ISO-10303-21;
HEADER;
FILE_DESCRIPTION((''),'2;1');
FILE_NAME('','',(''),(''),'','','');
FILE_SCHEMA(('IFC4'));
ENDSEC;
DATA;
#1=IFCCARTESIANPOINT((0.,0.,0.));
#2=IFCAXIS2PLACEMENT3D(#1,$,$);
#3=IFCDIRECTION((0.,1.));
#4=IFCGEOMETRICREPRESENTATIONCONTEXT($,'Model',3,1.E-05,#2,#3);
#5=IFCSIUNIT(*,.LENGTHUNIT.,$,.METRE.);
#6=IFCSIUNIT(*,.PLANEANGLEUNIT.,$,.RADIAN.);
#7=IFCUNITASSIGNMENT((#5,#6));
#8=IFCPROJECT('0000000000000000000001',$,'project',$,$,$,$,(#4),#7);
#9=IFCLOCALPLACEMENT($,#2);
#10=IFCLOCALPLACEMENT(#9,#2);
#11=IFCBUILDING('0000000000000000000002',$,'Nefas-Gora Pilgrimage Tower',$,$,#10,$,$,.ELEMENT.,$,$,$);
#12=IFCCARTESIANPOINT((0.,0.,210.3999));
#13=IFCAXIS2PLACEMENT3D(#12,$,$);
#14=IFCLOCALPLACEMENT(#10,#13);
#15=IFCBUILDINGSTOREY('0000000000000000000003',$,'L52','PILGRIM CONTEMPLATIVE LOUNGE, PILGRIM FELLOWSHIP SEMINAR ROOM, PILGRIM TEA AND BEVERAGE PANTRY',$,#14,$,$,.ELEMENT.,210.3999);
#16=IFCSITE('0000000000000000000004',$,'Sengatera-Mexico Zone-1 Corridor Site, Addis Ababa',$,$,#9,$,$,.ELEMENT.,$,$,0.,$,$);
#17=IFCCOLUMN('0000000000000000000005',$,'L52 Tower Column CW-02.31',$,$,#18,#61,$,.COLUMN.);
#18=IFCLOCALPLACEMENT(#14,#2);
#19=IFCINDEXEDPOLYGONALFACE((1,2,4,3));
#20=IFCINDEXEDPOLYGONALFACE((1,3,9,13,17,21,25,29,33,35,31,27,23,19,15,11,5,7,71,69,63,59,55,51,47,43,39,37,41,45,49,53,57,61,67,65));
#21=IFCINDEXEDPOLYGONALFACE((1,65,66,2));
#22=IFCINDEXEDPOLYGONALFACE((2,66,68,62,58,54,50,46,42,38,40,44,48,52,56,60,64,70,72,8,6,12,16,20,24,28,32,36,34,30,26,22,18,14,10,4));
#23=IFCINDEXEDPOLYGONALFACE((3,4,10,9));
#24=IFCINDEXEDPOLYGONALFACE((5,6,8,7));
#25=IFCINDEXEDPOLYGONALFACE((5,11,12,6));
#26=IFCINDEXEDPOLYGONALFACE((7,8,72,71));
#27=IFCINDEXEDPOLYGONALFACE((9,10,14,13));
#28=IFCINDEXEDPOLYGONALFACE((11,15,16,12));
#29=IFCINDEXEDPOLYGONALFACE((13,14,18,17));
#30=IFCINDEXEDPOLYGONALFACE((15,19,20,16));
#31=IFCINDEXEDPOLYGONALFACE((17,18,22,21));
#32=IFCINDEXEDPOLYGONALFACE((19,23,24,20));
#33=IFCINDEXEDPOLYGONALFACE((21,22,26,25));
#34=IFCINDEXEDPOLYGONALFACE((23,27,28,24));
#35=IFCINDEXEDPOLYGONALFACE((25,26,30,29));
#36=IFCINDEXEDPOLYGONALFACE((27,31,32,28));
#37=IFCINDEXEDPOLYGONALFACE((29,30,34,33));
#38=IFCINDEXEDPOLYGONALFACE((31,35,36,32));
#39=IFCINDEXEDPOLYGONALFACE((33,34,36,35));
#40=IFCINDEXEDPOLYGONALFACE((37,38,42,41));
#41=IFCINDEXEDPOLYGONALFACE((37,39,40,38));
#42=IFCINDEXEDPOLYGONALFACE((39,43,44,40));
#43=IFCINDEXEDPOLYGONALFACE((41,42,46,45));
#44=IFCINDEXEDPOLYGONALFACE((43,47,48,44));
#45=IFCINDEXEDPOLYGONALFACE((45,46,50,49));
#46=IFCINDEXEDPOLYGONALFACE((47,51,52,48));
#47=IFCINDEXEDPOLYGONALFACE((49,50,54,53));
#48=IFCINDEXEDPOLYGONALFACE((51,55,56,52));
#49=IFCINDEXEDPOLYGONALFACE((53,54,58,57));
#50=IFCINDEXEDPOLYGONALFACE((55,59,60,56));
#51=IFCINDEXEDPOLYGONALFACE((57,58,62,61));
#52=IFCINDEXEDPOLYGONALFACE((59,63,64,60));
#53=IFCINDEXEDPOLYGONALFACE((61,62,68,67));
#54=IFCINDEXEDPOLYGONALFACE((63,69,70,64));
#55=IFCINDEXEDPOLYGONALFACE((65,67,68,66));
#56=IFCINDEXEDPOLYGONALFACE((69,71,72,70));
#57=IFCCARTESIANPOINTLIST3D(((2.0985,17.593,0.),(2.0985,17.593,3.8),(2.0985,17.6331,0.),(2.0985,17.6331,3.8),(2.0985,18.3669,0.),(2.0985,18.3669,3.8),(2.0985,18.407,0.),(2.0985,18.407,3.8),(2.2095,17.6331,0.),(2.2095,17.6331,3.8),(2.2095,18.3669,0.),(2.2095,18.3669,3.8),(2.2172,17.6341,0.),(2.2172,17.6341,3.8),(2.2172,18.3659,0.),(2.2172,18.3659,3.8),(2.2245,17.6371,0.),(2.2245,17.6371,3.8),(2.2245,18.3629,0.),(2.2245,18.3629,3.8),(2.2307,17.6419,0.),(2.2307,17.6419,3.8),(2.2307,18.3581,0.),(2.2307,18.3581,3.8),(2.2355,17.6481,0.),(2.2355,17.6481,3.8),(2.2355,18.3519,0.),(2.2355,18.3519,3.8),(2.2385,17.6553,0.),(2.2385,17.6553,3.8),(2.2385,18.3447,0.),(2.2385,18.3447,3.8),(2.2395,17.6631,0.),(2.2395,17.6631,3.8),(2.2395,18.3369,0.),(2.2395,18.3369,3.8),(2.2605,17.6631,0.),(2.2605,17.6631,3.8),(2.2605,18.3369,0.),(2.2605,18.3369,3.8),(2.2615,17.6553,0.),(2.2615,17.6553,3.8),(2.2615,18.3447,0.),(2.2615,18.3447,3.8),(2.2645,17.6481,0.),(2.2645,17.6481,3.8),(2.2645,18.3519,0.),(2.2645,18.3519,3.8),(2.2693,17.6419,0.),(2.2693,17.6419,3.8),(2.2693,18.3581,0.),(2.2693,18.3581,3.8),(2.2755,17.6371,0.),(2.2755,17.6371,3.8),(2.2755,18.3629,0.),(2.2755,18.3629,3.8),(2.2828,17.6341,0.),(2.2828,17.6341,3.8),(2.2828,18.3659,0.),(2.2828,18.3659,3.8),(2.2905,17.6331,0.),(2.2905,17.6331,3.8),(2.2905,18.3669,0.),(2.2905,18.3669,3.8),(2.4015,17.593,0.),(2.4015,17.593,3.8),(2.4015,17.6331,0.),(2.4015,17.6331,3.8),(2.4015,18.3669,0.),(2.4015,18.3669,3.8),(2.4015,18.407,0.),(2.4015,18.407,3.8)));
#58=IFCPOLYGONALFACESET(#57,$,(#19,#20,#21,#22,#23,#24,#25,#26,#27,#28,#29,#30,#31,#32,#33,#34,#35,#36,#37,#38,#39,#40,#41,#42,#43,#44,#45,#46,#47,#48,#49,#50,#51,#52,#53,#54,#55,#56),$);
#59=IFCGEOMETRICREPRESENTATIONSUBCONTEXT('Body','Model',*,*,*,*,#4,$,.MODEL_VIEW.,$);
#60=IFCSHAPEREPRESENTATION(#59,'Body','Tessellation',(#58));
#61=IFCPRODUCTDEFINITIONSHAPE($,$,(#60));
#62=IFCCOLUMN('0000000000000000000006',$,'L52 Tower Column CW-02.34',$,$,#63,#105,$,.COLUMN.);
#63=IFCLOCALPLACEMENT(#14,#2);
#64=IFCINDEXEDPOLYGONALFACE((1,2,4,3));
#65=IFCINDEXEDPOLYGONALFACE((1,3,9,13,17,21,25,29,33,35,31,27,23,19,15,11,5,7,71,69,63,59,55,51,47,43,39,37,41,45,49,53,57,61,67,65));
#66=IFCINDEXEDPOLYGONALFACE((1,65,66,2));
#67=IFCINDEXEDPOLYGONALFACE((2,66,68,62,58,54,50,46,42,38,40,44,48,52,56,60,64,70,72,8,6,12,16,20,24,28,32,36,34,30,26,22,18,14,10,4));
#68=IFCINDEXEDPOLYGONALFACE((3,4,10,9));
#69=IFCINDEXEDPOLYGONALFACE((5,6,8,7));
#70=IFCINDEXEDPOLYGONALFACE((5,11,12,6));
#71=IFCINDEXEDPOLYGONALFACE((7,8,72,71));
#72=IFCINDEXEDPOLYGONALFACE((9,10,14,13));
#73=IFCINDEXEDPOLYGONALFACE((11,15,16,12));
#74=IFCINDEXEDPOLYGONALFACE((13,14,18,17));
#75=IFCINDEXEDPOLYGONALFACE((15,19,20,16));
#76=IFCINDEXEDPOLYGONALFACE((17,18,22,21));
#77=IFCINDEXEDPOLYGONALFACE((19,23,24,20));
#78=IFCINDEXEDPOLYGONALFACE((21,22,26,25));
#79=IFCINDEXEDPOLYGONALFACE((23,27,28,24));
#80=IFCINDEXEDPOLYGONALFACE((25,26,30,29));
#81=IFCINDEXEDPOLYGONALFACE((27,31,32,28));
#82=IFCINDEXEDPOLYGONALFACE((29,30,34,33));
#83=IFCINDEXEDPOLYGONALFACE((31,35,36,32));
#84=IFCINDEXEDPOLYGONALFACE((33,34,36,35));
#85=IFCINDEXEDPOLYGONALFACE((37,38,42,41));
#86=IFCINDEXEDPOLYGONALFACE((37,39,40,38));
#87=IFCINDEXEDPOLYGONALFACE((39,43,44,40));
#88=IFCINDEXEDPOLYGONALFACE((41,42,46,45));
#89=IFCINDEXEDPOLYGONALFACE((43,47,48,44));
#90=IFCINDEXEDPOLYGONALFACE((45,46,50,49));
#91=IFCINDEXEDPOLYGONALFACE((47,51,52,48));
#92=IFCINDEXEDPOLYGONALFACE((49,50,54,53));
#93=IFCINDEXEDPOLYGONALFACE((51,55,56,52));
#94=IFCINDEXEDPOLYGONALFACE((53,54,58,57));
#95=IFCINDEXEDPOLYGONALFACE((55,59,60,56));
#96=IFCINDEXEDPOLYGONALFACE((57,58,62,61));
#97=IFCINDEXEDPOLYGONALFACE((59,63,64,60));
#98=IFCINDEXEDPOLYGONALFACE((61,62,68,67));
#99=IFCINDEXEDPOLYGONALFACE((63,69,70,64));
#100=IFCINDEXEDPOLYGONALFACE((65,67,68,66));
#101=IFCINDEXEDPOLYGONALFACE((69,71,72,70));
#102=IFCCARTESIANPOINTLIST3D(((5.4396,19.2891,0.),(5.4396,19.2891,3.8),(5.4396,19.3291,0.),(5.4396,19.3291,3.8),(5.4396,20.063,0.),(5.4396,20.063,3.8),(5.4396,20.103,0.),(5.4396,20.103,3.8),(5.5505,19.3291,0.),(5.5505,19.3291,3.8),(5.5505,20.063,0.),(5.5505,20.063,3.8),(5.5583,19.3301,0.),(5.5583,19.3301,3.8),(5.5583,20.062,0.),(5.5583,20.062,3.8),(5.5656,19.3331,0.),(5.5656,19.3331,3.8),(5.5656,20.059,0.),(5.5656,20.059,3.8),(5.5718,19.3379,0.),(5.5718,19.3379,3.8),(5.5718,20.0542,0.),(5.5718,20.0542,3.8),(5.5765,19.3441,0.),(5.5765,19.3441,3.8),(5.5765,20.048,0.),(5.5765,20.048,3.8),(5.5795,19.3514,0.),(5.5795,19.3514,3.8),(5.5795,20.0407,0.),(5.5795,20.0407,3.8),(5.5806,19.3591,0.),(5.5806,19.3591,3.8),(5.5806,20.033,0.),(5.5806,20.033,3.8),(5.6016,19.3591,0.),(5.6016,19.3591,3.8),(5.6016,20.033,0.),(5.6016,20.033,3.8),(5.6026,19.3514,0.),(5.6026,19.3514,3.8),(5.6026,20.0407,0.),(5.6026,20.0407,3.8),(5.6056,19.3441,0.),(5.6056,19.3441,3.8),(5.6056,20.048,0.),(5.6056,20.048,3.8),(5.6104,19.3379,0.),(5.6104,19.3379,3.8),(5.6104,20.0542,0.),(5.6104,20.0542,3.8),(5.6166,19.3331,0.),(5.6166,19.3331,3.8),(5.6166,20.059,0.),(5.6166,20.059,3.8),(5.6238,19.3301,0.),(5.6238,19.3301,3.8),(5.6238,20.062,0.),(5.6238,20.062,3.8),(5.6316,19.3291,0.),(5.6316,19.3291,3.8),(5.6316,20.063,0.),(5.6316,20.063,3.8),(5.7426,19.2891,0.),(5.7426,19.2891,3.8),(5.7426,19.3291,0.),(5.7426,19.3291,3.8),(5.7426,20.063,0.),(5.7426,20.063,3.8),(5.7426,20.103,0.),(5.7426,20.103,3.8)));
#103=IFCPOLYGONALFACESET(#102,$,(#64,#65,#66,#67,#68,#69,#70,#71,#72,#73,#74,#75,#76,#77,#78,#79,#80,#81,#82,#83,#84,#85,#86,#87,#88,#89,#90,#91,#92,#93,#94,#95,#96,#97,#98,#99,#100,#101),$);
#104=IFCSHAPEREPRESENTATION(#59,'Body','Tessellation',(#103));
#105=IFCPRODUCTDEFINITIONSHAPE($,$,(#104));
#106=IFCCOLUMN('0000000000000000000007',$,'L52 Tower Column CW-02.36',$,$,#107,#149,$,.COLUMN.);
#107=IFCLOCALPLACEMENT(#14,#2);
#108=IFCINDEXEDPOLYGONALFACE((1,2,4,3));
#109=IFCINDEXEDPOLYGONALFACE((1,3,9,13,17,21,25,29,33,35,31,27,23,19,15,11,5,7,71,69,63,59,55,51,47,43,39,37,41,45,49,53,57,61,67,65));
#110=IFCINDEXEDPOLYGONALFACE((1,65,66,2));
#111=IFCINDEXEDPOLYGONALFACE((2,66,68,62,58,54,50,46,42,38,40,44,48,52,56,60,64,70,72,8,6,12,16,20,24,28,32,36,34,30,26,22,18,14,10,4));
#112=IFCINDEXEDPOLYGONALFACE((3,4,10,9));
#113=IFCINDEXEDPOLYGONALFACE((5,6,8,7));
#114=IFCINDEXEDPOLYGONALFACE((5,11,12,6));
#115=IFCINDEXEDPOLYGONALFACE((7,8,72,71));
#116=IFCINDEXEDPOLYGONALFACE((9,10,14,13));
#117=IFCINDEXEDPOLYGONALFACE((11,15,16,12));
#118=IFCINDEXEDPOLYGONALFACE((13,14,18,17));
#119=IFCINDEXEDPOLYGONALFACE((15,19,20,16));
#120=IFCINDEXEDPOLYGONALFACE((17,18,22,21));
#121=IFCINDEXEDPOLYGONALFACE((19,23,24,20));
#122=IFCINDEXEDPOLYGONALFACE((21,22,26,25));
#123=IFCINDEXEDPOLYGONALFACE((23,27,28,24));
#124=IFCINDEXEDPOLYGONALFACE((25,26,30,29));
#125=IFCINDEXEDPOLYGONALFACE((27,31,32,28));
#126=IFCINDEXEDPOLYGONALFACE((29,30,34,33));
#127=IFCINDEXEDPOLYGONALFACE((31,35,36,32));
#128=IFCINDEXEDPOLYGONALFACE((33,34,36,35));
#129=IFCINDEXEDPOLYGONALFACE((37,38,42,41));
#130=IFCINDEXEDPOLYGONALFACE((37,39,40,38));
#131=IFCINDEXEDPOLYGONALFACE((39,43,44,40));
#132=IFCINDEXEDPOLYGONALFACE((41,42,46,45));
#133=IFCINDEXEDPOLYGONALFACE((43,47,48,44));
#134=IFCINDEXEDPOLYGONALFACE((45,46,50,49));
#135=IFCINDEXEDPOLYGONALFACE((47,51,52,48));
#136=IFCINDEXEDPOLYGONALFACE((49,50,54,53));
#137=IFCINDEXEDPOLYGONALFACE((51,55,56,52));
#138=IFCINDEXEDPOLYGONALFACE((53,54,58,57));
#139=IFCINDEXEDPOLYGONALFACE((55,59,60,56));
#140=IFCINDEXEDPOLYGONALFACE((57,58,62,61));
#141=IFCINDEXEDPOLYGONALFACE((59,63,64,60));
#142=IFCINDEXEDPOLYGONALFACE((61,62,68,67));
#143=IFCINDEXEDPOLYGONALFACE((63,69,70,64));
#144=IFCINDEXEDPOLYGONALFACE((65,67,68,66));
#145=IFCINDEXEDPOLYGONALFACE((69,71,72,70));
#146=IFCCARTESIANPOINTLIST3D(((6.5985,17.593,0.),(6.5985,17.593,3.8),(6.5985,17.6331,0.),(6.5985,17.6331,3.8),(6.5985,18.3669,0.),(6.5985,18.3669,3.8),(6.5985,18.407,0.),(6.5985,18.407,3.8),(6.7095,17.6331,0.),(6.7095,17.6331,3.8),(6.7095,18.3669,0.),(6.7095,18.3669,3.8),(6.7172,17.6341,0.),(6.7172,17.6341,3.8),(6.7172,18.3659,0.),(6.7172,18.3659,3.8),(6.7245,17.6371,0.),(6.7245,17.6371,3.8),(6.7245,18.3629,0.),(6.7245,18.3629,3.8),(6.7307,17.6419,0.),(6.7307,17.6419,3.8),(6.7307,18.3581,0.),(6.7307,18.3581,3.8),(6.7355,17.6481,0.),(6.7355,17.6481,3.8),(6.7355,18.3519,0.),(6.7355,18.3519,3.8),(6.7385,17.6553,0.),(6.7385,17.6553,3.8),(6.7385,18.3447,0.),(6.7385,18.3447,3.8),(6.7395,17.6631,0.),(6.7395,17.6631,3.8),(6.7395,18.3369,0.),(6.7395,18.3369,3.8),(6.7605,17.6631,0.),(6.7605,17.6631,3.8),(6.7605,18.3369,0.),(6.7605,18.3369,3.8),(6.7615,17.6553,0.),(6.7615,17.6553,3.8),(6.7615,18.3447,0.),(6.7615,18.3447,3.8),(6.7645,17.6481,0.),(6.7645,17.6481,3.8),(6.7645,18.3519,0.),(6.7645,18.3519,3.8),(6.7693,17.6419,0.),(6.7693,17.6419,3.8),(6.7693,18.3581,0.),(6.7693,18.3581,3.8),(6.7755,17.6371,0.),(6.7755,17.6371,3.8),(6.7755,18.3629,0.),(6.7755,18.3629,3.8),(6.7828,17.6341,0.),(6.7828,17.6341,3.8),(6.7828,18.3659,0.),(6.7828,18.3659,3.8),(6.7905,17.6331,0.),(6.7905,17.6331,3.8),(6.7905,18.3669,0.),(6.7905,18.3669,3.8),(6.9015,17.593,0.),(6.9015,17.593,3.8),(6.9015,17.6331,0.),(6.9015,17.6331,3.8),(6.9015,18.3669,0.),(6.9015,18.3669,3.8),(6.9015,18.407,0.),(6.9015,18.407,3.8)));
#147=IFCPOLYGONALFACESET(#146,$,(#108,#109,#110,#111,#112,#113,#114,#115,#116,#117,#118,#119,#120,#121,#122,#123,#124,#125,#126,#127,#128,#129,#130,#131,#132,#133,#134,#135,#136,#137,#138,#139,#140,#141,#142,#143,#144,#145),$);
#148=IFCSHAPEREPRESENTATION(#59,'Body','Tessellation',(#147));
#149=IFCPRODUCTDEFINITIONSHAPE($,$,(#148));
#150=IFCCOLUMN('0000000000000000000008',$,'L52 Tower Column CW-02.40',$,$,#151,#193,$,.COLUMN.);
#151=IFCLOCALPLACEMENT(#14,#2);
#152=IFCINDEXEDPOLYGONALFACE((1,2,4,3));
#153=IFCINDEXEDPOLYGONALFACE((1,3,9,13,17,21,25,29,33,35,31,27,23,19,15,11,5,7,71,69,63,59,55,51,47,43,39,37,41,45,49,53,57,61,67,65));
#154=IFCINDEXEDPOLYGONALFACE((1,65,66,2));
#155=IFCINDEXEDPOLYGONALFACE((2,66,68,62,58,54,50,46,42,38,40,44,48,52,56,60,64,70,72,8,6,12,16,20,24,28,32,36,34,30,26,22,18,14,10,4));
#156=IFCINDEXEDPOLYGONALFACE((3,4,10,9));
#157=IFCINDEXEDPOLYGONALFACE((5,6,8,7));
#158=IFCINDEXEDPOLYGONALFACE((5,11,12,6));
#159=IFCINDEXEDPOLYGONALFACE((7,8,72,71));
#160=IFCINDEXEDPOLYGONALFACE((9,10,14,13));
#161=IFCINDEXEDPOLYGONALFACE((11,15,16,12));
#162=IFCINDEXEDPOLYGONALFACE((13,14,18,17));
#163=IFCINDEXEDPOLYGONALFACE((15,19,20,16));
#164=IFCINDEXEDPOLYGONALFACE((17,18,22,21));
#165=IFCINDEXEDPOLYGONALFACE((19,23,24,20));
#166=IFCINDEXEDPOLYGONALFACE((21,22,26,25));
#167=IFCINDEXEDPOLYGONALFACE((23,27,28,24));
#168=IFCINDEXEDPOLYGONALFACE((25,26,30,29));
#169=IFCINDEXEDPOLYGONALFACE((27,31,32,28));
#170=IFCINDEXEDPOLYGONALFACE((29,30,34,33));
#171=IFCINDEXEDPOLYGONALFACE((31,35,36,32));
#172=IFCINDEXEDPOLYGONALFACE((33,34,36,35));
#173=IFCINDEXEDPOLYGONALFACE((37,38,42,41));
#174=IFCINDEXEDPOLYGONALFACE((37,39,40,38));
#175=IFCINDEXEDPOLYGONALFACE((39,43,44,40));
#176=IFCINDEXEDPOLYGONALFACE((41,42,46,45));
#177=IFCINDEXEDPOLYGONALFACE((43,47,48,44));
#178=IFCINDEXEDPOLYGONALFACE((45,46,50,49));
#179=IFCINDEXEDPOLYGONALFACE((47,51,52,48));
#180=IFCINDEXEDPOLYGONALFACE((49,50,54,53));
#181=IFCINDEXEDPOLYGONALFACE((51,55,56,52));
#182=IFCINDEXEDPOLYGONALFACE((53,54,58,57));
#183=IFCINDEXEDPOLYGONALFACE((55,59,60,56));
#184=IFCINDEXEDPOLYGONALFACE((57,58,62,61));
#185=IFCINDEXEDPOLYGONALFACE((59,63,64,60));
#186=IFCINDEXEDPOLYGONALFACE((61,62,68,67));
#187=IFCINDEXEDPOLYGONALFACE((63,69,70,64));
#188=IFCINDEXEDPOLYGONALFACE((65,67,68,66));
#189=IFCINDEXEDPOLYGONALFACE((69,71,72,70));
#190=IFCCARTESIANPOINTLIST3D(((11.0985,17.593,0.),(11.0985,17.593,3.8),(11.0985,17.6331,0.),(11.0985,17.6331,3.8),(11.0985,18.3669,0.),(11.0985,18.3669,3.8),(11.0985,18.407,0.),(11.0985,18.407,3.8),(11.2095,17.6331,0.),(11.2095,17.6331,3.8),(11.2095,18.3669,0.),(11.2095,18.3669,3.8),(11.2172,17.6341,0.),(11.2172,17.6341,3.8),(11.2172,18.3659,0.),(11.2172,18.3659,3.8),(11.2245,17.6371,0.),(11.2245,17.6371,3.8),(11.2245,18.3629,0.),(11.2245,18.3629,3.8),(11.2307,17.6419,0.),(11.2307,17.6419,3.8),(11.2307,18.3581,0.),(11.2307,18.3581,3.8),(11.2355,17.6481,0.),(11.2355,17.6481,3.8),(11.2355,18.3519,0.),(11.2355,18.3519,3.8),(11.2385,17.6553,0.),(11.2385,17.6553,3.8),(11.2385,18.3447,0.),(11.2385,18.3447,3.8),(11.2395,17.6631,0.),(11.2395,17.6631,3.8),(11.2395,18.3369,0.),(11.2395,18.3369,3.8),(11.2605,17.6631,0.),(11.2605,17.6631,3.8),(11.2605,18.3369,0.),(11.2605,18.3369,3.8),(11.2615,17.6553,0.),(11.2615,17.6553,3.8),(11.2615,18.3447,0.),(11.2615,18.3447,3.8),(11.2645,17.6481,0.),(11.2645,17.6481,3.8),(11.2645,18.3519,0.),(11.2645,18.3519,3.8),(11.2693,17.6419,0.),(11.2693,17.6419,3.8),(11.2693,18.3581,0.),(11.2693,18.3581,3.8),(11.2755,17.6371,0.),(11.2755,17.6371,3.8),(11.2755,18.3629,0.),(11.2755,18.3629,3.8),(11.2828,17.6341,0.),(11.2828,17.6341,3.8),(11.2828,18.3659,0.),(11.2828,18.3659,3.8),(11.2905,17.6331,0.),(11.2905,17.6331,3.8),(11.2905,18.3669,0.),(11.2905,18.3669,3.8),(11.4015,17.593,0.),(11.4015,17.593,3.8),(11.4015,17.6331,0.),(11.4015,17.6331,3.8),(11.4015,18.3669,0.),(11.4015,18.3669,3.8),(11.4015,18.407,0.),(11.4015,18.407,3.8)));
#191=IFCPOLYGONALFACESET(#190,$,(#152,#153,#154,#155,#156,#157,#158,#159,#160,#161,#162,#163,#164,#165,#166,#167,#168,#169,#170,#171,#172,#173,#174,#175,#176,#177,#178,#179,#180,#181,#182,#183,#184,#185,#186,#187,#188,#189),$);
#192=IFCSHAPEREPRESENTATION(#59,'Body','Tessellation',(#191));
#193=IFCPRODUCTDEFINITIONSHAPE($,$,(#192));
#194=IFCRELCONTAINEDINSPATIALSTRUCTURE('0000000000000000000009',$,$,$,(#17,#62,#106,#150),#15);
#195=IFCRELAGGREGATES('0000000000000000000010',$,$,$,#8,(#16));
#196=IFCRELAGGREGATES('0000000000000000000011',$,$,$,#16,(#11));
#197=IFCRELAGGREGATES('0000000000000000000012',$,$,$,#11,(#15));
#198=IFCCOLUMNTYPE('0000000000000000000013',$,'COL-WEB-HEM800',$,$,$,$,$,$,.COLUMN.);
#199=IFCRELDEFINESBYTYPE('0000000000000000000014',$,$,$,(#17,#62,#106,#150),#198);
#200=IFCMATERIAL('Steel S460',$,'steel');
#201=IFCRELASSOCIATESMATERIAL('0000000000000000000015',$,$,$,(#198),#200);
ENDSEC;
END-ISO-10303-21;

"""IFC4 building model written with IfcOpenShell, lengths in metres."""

from ifc_helpers import new_model, si_unit, direction, frame, origin, origin_2d, place, context, subcontext, project, spatial, i_section, extrude, source, transform, mapped, material, material_profile, profile_set, type_object, element, save


model = new_model("IFC4")

# Units and contexts
model_context = context("Model", 3, precision=1e-05, world=origin(), true_north=direction((0.0, 1.0)))
body_context = subcontext(model_context, "Body", "Model", "MODEL_VIEW")
ifc_project = project(units=[si_unit("LENGTHUNIT", "METRE"), si_unit("PLANEANGLEUNIT", "RADIAN")], contexts=[model_context])

# Site, building, storey
site_placement = place(None, origin())
site = spatial("IfcSite", under=ifc_project, at=site_placement, Name="Sengatera-Mexico Zone-1 Corridor Site, Addis Ababa", CompositionType="ELEMENT", RefElevation=0.0)
building_placement = place(site_placement, origin())
building = spatial("IfcBuilding", under=site, at=building_placement, Name="Nefas-Gora Pilgrimage Tower", CompositionType="ELEMENT")
storey_placement = place(building_placement, frame((0.0, 0.0, 210.3999)))
storey = spatial("IfcBuildingStorey", under=building, at=storey_placement, Name="L52", Description="PILGRIM CONTEMPLATIVE LOUNGE, PILGRIM FELLOWSHIP SEMINAR ROOM, PILGRIM TEA AND BEVERAGE PANTRY", CompositionType="ELEMENT", Elevation=210.3999)

# Columns
ifc_material_1 = material(Name="Steel S460", Category="steel")
ifc_material_profile_1 = material_profile(ifc_material_1, i_section(OverallWidth=0.303, OverallDepth=0.814, WebThickness=0.021, FlangeThickness=0.04, FilletRadius=0.03, at=origin_2d()), Name="HEM 800")
ifc_profile_set_1 = profile_set([ifc_material_profile_1], Name="Steel S460")
column_type_1 = type_object("IfcColumnType", Name="COL-WEB-HEM800", PredefinedType="COLUMN", material=ifc_profile_set_1)
shared_shape_1 = source(origin(), body_context, "Body", "SweptSolid", [
    extrude(i_section(OverallWidth=0.303, OverallDepth=0.814, WebThickness=0.021, FlangeThickness=0.04, FilletRadius=0.03, at=origin_2d()), origin(), (0.0, 0.0, 1.0), 3.8),
])
for number, where, z_axis, x_axis, name in (
    (1, (2.25, 18.0, 0.0), (0.0, 0.0, 1.0), (1.0, 0.0, 0.0), "L52 Tower Column CW-02.31"),
    (2, (5.5911, 19.696, 0.0), (0.0, 0.0, 1.0), (1.0, 0.0, 0.0), "L52 Tower Column CW-02.34"),
    (3, (6.75, 18.0, 0.0), (0.0, 0.0, 1.0), (1.0, 0.0, 0.0), "L52 Tower Column CW-02.36"),
    (4, (11.25, 18.0, 0.0), (0.0, 0.0, 1.0), (1.0, 0.0, 0.0), "L52 Tower Column CW-02.40"),
):
    element("IfcColumn", number, at=place(storey_placement, frame(where, z_axis=z_axis, x_axis=x_axis)), inside=storey, type_object=column_type_1, Name=name, PredefinedType="COLUMN", context=body_context, shape_type="MappedRepresentation", body=[
        mapped(shared_shape_1, transform((0.0, 0.0, 0.0), x_axis=(1.0, 0.0, 0.0), y_axis=(0.0, 1.0, 0.0), z_axis=(0.0, 0.0, 1.0), scale=1.0)),
    ])

save(model, "model.ifc")
